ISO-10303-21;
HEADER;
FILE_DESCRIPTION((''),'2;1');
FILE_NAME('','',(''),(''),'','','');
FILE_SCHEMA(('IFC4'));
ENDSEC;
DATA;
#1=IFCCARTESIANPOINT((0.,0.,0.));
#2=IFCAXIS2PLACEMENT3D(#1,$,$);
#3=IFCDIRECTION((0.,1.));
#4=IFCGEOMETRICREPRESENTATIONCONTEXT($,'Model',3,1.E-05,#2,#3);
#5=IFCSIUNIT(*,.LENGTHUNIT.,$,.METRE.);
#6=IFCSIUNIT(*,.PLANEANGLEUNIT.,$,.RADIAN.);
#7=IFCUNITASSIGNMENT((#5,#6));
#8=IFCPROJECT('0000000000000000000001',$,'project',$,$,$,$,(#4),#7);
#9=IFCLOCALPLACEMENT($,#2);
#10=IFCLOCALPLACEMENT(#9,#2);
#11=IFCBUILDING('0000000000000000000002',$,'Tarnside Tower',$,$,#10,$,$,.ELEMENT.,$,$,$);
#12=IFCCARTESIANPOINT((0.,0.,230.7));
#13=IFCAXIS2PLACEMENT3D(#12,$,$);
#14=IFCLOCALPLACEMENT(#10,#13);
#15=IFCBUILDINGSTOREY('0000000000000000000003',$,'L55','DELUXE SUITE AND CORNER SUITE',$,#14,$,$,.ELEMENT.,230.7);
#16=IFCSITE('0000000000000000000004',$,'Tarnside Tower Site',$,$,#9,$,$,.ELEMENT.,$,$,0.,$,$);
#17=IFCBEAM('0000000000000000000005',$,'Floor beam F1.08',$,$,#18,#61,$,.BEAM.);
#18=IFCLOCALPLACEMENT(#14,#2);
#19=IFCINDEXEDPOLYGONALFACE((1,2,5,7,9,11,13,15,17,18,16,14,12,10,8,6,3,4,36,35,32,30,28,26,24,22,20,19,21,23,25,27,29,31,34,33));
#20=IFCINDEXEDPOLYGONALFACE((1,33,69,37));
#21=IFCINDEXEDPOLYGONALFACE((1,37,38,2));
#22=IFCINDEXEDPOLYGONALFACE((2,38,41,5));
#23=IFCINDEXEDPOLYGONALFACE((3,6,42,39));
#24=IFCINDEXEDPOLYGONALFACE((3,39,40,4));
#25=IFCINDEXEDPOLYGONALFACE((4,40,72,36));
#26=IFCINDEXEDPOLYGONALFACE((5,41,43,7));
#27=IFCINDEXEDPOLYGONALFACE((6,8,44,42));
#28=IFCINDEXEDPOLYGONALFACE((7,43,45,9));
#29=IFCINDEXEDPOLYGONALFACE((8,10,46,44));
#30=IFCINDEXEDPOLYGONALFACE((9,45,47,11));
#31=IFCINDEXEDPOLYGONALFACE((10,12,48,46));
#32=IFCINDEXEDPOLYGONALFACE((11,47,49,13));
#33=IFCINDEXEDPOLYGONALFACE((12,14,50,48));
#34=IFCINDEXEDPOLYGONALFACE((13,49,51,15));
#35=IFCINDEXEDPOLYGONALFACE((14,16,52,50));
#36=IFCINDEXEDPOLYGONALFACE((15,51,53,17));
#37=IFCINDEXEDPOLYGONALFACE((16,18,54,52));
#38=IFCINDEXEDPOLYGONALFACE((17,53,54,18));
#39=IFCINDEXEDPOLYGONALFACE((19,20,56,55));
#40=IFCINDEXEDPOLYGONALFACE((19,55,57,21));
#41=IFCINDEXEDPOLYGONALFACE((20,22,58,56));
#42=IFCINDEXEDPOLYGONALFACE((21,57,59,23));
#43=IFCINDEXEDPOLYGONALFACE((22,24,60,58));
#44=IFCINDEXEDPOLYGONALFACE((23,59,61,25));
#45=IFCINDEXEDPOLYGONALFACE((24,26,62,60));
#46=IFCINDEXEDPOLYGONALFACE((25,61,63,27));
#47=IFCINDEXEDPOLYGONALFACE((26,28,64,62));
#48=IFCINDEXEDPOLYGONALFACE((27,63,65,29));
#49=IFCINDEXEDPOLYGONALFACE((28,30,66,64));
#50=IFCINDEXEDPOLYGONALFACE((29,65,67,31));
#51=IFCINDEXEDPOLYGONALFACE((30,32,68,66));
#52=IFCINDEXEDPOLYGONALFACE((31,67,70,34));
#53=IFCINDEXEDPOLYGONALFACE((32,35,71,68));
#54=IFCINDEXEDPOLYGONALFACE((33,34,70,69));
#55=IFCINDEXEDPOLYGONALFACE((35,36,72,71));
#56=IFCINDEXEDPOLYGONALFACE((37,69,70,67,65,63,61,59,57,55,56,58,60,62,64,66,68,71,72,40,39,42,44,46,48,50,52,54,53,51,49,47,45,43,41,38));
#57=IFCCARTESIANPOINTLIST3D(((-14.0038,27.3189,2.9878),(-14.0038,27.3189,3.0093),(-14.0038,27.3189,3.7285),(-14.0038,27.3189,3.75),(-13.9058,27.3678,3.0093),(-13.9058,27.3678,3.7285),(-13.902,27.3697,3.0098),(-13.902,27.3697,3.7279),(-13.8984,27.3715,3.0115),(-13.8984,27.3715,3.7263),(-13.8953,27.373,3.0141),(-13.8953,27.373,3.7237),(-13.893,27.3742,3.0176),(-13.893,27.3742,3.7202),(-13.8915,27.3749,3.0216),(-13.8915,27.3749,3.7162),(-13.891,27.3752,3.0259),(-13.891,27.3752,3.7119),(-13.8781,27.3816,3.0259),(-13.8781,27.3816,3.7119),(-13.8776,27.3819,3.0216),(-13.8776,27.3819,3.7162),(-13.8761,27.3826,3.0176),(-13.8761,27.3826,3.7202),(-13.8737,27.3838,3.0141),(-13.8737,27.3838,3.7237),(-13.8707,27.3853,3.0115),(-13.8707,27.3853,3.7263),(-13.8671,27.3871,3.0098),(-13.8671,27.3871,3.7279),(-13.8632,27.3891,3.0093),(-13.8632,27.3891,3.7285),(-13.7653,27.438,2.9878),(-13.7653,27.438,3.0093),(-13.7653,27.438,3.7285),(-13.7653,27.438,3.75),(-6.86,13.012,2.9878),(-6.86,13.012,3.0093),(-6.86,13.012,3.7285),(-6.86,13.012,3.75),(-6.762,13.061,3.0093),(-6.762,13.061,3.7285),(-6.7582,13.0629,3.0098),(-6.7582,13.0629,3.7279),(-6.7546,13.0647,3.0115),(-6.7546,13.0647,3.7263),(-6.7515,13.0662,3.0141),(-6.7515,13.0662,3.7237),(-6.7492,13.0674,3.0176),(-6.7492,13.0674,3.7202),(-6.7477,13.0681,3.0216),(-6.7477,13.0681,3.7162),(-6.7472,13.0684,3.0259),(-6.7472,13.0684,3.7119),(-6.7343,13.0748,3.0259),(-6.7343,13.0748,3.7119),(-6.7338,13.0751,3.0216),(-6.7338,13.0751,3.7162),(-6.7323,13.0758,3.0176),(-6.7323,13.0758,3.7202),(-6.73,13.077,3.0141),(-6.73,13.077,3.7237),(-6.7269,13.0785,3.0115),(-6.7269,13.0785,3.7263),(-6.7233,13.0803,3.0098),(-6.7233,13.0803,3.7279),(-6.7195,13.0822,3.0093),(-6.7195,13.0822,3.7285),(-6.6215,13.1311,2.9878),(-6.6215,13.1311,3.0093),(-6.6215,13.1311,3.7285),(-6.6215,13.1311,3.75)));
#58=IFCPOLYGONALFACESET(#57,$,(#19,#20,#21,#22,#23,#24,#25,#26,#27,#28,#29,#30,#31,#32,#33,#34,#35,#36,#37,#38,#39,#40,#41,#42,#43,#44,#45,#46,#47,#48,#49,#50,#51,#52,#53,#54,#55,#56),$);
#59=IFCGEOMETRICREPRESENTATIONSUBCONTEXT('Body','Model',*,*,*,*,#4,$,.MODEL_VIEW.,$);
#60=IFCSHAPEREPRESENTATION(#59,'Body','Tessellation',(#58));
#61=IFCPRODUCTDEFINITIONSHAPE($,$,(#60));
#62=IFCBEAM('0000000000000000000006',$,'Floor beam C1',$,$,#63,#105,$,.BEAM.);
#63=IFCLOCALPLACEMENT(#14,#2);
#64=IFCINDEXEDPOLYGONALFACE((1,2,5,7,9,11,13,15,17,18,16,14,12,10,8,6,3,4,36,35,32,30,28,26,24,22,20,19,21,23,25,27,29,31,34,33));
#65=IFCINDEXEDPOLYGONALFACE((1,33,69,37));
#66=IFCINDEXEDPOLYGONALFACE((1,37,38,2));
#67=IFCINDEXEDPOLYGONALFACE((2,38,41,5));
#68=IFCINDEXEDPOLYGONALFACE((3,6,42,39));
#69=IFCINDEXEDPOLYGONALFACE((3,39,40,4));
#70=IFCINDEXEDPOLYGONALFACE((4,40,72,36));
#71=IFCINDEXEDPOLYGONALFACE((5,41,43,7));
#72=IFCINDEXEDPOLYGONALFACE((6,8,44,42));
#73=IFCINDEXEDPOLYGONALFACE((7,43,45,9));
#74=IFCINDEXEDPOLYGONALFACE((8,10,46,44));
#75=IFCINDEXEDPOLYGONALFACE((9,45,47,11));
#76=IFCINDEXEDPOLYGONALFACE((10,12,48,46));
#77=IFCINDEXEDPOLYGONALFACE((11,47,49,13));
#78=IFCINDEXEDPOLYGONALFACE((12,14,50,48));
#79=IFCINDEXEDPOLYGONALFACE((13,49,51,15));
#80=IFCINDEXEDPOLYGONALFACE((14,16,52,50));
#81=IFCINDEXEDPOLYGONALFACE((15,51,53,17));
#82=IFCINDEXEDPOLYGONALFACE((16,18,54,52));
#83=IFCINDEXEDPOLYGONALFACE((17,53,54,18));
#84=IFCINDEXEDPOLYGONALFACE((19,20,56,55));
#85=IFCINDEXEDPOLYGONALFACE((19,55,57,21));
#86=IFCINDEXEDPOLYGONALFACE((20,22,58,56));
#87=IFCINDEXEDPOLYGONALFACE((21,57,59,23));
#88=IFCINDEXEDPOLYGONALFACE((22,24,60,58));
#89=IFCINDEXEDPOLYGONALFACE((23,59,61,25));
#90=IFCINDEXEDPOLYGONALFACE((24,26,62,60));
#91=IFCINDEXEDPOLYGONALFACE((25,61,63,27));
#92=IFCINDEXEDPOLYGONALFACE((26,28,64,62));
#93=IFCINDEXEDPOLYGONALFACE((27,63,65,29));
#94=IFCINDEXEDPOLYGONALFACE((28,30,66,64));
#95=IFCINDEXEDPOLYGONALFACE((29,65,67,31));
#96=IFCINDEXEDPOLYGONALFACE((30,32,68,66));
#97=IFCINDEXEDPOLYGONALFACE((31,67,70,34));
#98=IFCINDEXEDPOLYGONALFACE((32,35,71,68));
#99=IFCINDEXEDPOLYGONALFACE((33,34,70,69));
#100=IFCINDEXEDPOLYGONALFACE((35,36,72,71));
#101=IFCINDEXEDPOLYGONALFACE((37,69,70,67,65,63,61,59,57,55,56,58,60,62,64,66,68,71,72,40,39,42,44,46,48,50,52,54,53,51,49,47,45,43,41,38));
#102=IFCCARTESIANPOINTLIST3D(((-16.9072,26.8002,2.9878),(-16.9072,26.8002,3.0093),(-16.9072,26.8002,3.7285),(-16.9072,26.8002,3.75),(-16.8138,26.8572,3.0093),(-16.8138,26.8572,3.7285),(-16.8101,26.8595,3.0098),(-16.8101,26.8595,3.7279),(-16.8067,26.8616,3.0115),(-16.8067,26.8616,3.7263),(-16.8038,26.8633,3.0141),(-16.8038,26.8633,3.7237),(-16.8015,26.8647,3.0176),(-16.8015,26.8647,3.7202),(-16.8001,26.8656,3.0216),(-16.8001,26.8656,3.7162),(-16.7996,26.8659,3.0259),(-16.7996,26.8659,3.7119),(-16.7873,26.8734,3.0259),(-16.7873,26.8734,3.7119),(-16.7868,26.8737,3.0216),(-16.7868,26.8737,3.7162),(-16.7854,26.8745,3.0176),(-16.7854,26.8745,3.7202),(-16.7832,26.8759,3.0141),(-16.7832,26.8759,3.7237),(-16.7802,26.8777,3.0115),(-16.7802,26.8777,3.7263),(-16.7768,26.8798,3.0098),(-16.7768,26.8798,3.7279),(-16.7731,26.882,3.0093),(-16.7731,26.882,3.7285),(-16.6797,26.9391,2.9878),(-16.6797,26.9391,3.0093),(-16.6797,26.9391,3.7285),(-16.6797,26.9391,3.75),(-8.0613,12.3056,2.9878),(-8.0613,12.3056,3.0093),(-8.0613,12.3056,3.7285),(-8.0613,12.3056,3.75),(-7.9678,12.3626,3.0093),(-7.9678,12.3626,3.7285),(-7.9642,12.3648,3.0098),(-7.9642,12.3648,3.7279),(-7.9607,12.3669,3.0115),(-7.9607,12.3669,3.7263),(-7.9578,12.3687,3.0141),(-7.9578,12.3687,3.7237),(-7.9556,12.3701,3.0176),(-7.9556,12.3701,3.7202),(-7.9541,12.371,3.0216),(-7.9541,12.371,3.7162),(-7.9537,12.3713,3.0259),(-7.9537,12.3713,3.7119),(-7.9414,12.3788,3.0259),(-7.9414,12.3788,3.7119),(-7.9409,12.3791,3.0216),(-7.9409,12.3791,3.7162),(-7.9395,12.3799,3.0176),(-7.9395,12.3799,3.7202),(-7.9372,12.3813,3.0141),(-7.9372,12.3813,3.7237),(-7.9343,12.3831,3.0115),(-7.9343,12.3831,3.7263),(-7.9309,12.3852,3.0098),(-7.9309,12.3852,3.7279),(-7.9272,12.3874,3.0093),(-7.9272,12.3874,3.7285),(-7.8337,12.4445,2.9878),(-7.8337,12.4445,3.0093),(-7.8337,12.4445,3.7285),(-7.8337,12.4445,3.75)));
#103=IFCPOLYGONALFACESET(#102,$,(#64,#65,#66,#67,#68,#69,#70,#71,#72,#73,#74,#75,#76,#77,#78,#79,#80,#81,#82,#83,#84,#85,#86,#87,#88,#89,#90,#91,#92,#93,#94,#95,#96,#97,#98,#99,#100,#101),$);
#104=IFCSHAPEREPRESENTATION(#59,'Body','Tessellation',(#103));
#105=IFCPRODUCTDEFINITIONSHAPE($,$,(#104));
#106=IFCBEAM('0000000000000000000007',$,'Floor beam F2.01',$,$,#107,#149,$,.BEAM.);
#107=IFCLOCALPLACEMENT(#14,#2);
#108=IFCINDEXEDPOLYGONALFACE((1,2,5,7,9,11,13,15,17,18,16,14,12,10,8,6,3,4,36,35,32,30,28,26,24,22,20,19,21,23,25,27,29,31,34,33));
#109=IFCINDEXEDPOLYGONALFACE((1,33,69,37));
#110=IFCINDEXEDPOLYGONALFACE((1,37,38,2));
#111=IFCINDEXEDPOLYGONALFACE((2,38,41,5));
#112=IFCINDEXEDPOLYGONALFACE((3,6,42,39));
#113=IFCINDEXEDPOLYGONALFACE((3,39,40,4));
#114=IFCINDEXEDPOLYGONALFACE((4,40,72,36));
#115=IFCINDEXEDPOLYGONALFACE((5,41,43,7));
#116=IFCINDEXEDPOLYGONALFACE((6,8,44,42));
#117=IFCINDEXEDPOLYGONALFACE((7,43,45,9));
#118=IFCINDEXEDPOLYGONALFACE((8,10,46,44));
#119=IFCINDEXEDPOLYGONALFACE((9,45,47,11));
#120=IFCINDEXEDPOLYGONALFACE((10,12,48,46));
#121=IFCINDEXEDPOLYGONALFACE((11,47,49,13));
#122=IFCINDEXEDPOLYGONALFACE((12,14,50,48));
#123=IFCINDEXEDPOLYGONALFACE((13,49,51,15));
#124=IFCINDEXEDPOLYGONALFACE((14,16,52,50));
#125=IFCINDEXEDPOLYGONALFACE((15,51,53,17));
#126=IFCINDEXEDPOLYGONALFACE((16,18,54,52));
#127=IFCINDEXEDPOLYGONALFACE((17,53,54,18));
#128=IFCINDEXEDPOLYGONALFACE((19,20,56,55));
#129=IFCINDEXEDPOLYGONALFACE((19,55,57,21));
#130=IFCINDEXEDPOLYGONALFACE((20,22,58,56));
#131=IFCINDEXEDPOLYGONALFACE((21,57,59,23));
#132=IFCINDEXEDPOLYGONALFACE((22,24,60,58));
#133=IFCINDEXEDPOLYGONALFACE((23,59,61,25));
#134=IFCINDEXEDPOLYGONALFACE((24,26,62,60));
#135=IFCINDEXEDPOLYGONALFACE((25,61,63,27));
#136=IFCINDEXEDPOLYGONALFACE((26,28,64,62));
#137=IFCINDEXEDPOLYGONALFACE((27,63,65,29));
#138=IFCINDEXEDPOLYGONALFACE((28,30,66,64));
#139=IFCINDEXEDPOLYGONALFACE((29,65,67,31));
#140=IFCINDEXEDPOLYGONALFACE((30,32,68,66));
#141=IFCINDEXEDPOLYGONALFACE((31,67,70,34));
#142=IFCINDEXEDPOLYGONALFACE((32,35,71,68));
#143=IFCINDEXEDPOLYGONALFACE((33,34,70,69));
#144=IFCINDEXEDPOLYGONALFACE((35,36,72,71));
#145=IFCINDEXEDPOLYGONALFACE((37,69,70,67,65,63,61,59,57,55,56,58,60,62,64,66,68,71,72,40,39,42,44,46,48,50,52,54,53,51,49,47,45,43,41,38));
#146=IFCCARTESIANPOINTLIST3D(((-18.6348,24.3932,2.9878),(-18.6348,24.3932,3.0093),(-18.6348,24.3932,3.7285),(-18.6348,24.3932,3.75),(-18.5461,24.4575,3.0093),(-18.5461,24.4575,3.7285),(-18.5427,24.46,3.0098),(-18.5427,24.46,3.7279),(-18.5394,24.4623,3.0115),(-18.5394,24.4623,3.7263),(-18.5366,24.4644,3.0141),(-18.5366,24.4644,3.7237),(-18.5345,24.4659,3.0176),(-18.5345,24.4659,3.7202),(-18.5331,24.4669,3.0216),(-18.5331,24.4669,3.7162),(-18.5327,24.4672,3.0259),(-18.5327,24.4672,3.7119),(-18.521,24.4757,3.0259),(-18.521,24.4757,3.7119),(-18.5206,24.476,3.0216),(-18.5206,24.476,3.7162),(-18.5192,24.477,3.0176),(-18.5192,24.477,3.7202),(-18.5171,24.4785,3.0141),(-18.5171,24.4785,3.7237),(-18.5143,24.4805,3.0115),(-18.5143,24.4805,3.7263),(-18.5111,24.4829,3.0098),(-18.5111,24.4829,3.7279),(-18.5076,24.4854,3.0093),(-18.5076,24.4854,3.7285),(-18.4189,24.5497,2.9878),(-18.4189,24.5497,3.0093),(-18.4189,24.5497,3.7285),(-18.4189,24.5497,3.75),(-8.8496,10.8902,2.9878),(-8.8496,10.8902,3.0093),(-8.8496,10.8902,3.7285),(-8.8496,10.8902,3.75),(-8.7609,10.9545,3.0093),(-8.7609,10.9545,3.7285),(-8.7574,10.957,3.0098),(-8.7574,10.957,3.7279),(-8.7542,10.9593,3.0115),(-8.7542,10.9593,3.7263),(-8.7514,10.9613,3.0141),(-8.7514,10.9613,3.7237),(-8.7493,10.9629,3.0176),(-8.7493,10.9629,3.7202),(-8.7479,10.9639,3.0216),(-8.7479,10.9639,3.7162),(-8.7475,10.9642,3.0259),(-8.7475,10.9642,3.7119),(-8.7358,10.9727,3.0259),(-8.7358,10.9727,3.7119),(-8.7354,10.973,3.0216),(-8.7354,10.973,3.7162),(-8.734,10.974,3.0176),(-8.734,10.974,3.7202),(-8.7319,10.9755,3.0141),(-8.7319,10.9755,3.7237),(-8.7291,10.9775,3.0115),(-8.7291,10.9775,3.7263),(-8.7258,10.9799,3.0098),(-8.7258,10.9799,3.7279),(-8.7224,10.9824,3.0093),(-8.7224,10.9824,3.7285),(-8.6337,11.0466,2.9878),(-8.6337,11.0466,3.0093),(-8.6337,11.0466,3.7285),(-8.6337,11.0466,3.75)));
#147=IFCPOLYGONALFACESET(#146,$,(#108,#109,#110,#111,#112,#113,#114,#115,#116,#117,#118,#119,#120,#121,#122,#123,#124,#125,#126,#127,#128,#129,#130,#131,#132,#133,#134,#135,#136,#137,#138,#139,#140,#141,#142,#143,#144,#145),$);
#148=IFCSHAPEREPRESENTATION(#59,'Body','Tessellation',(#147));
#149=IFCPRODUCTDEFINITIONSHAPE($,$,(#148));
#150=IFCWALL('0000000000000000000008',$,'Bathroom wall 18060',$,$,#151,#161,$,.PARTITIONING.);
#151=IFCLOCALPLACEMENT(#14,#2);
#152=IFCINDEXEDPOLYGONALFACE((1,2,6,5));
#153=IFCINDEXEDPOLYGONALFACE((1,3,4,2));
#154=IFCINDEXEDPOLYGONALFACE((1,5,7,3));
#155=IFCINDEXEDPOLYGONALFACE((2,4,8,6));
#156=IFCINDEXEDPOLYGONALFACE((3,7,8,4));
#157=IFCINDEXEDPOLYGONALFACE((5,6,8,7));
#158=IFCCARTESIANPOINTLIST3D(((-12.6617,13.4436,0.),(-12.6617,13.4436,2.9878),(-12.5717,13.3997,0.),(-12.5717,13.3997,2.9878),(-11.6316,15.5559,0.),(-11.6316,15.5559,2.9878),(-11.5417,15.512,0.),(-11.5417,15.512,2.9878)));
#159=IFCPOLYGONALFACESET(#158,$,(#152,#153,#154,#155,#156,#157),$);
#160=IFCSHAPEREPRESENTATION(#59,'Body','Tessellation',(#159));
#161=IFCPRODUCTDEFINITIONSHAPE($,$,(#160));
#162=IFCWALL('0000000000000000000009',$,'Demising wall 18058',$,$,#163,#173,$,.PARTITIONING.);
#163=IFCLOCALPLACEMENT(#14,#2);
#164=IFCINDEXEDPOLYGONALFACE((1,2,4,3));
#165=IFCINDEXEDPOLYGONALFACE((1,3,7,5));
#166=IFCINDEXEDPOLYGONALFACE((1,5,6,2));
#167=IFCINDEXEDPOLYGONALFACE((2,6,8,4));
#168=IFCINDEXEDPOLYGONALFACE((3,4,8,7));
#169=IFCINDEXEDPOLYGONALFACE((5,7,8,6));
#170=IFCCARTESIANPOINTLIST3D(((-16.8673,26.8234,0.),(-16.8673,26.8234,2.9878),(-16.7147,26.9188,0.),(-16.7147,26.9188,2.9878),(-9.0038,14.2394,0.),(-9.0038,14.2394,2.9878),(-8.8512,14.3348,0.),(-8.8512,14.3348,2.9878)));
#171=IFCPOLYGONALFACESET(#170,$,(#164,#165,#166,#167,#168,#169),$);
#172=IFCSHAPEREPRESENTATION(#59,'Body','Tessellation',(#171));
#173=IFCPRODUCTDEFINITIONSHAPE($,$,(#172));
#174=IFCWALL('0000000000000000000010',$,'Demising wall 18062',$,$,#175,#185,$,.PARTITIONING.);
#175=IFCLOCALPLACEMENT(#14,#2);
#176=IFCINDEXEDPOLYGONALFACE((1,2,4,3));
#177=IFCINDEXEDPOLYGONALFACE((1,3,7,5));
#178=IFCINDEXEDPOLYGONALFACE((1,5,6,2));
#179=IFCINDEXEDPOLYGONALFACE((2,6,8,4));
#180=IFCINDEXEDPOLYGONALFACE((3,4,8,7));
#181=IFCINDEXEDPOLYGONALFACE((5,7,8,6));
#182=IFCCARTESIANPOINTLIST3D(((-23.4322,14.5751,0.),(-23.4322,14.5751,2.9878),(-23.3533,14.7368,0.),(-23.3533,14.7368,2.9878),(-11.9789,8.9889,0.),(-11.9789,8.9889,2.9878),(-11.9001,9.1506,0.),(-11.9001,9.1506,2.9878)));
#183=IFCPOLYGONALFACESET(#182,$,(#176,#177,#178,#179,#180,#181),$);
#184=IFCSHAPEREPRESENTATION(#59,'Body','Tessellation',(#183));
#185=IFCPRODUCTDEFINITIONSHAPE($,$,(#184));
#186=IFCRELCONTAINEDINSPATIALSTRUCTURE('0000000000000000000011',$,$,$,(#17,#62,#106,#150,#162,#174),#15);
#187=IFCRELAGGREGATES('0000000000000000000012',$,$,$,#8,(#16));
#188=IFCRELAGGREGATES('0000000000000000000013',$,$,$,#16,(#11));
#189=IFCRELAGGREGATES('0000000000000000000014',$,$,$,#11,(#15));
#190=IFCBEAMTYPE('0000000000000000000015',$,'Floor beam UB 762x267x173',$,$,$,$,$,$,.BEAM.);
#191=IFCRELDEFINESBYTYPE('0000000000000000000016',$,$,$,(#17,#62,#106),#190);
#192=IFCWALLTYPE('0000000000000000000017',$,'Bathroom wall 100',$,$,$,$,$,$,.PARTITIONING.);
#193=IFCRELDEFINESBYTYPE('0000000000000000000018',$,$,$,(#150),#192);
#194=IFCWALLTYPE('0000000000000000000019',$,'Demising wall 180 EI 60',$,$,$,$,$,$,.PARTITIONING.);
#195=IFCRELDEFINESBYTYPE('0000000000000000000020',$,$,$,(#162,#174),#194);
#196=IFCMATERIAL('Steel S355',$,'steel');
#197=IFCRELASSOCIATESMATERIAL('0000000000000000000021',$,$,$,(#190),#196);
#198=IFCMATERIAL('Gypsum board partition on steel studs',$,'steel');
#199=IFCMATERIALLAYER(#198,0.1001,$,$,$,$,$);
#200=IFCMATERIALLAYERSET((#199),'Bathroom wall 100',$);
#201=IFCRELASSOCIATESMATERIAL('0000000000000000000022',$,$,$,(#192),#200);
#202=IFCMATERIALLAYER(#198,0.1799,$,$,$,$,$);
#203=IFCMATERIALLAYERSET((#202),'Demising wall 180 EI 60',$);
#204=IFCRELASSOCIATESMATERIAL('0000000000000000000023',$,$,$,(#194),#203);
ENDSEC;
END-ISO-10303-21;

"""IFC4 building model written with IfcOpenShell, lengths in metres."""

from ifc_helpers import new_model, si_unit, direction, frame, frame_2d, origin, origin_2d, place, context, subcontext, project, spatial, rectangle, i_section, extrude, material, layer, layer_set, material_profile, profile_set, type_object, element, save


model = new_model("IFC4")

# Units and contexts
model_context = context("Model", 3, precision=1e-05, world=origin(), true_north=direction((0.0, 1.0)))
body_context = subcontext(model_context, "Body", "Model", "MODEL_VIEW")
ifc_project = project(units=[si_unit("LENGTHUNIT", "METRE"), si_unit("PLANEANGLEUNIT", "RADIAN")], contexts=[model_context])

# Site, building, storey
site_placement = place(None, origin())
site = spatial("IfcSite", under=ifc_project, at=site_placement, Name="Tarnside Tower Site", CompositionType="ELEMENT", RefElevation=0.0)
building_placement = place(site_placement, origin())
building = spatial("IfcBuilding", under=site, at=building_placement, Name="Tarnside Tower", CompositionType="ELEMENT")
storey_placement = place(building_placement, frame((0.0, 0.0, 230.7)))
storey = spatial("IfcBuildingStorey", under=building, at=storey_placement, Name="L55", Description="DELUXE SUITE AND CORNER SUITE", CompositionType="ELEMENT", Elevation=230.7)

# Beams
ifc_material_1 = material(Name="Steel S355", Category="steel")
ifc_material_profile_1 = material_profile(ifc_material_1, i_section(OverallWidth=0.2666, OverallDepth=0.7622, WebThickness=0.0144, FlangeThickness=0.0215, FilletRadius=0.0166, at=origin_2d()), Name="UB 762x267x173")
ifc_profile_set_1 = profile_set([ifc_material_profile_1], Name="Steel S355")
beam_type_1 = type_object("IfcBeamType", Name="Floor beam UB 762x267x173", PredefinedType="BEAM", material=ifc_profile_set_1)
beam_1_placement = place(storey_placement, frame((-13.8845, 27.3784, 3.3689), z_axis=(0.446731, -0.894668, 0.0), x_axis=(0.894668, 0.446731, 0.0)))
element("IfcBeam", 1, at=beam_1_placement, inside=storey, type_object=beam_type_1, Name="Floor beam F1.08", PredefinedType="BEAM", context=body_context, shape_type="SweptSolid", body=[
    extrude(i_section(OverallWidth=0.2666, OverallDepth=0.7622, WebThickness=0.0144, FlangeThickness=0.0215, FilletRadius=0.0166, at=origin_2d()), origin(), (0.0, 0.0, 1.0), 15.9912),
])
beam_2_placement = place(storey_placement, frame((-16.7935, 26.8696, 3.3689), z_axis=(0.52094, -0.853593, 0.0), x_axis=(0.853593, 0.52094, 0.0)))
element("IfcBeam", 2, at=beam_2_placement, inside=storey, type_object=beam_type_1, Name="Floor beam C1", PredefinedType="BEAM", context=body_context, shape_type="SweptSolid", body=[
    extrude(i_section(OverallWidth=0.2666, OverallDepth=0.7622, WebThickness=0.0144, FlangeThickness=0.0215, FilletRadius=0.0166, at=origin_2d()), origin(), (0.0, 0.0, 1.0), 16.9807),
])
beam_3_placement = place(storey_placement, frame((-18.5269, 24.4714, 3.3689), z_axis=(0.586792, -0.809738, 0.0), x_axis=(0.809738, 0.586792, 0.0)))
element("IfcBeam", 3, at=beam_3_placement, inside=storey, type_object=beam_type_1, Name="Floor beam F2.01", PredefinedType="BEAM", context=body_context, shape_type="SweptSolid", body=[
    extrude(i_section(OverallWidth=0.2666, OverallDepth=0.7622, WebThickness=0.0144, FlangeThickness=0.0215, FilletRadius=0.0166, at=origin_2d()), origin(), (0.0, 0.0, 1.0), 16.6758),
])

# Walls
ifc_material_2 = material(Name="Gypsum board partition on steel studs", Category="steel")
ifc_layer_1 = layer(ifc_material_2, 0.1001)
ifc_layer_set_1 = layer_set([ifc_layer_1], Name="Bathroom wall 100")
wall_type_1 = type_object("IfcWallType", Name="Bathroom wall 100", PredefinedType="PARTITIONING", material=ifc_layer_set_1)
wall_1_placement = place(storey_placement, frame((-12.6167, 13.4216, 0.0), z_axis=(0.0, 0.0, 1.0), x_axis=(0.438299, 0.898829, 0.0)))
element("IfcWall", 4, at=wall_1_placement, inside=storey, type_object=wall_type_1, Name="Bathroom wall 18060", PredefinedType="PARTITIONING", context=body_context, shape_type="SweptSolid", body=[
    extrude(rectangle(XDim=2.3501, YDim=0.1001, at=frame_2d((1.175, 0.0))), origin(), (0.0, 0.0, 1.0), 2.9878),
])
ifc_layer_2 = layer(ifc_material_2, 0.1799)
ifc_layer_set_2 = layer_set([ifc_layer_2], Name="Demising wall 180 EI 60")
wall_type_2 = type_object("IfcWallType", Name="Demising wall 180 EI 60", PredefinedType="PARTITIONING", material=ifc_layer_set_2)
wall_2_placement = place(storey_placement, frame((-16.791, 26.8711, 0.0), z_axis=(0.0, 0.0, 1.0), x_axis=(0.529928, -0.848043, 0.0)))
element("IfcWall", 5, at=wall_2_placement, inside=storey, type_object=wall_type_2, Name="Demising wall 18058", PredefinedType="PARTITIONING", context=body_context, shape_type="SweptSolid", body=[
    extrude(rectangle(XDim=14.8389, YDim=0.1799, at=frame_2d((7.4194, 0.0))), origin(), (0.0, 0.0, 1.0), 2.9878),
])
wall_3_placement = place(storey_placement, frame((-23.3928, 14.656, 0.0), z_axis=(0.0, 0.0, 1.0), x_axis=(0.89879, -0.438379, 0.0)))
element("IfcWall", 6, at=wall_3_placement, inside=storey, type_object=wall_type_2, Name="Demising wall 18062", PredefinedType="PARTITIONING", context=body_context, shape_type="SweptSolid", body=[
    extrude(rectangle(XDim=12.7429, YDim=0.1799, at=frame_2d((6.3716, 0.0))), origin(), (0.0, 0.0, 1.0), 2.9878),
])

save(model, "model.ifc")
